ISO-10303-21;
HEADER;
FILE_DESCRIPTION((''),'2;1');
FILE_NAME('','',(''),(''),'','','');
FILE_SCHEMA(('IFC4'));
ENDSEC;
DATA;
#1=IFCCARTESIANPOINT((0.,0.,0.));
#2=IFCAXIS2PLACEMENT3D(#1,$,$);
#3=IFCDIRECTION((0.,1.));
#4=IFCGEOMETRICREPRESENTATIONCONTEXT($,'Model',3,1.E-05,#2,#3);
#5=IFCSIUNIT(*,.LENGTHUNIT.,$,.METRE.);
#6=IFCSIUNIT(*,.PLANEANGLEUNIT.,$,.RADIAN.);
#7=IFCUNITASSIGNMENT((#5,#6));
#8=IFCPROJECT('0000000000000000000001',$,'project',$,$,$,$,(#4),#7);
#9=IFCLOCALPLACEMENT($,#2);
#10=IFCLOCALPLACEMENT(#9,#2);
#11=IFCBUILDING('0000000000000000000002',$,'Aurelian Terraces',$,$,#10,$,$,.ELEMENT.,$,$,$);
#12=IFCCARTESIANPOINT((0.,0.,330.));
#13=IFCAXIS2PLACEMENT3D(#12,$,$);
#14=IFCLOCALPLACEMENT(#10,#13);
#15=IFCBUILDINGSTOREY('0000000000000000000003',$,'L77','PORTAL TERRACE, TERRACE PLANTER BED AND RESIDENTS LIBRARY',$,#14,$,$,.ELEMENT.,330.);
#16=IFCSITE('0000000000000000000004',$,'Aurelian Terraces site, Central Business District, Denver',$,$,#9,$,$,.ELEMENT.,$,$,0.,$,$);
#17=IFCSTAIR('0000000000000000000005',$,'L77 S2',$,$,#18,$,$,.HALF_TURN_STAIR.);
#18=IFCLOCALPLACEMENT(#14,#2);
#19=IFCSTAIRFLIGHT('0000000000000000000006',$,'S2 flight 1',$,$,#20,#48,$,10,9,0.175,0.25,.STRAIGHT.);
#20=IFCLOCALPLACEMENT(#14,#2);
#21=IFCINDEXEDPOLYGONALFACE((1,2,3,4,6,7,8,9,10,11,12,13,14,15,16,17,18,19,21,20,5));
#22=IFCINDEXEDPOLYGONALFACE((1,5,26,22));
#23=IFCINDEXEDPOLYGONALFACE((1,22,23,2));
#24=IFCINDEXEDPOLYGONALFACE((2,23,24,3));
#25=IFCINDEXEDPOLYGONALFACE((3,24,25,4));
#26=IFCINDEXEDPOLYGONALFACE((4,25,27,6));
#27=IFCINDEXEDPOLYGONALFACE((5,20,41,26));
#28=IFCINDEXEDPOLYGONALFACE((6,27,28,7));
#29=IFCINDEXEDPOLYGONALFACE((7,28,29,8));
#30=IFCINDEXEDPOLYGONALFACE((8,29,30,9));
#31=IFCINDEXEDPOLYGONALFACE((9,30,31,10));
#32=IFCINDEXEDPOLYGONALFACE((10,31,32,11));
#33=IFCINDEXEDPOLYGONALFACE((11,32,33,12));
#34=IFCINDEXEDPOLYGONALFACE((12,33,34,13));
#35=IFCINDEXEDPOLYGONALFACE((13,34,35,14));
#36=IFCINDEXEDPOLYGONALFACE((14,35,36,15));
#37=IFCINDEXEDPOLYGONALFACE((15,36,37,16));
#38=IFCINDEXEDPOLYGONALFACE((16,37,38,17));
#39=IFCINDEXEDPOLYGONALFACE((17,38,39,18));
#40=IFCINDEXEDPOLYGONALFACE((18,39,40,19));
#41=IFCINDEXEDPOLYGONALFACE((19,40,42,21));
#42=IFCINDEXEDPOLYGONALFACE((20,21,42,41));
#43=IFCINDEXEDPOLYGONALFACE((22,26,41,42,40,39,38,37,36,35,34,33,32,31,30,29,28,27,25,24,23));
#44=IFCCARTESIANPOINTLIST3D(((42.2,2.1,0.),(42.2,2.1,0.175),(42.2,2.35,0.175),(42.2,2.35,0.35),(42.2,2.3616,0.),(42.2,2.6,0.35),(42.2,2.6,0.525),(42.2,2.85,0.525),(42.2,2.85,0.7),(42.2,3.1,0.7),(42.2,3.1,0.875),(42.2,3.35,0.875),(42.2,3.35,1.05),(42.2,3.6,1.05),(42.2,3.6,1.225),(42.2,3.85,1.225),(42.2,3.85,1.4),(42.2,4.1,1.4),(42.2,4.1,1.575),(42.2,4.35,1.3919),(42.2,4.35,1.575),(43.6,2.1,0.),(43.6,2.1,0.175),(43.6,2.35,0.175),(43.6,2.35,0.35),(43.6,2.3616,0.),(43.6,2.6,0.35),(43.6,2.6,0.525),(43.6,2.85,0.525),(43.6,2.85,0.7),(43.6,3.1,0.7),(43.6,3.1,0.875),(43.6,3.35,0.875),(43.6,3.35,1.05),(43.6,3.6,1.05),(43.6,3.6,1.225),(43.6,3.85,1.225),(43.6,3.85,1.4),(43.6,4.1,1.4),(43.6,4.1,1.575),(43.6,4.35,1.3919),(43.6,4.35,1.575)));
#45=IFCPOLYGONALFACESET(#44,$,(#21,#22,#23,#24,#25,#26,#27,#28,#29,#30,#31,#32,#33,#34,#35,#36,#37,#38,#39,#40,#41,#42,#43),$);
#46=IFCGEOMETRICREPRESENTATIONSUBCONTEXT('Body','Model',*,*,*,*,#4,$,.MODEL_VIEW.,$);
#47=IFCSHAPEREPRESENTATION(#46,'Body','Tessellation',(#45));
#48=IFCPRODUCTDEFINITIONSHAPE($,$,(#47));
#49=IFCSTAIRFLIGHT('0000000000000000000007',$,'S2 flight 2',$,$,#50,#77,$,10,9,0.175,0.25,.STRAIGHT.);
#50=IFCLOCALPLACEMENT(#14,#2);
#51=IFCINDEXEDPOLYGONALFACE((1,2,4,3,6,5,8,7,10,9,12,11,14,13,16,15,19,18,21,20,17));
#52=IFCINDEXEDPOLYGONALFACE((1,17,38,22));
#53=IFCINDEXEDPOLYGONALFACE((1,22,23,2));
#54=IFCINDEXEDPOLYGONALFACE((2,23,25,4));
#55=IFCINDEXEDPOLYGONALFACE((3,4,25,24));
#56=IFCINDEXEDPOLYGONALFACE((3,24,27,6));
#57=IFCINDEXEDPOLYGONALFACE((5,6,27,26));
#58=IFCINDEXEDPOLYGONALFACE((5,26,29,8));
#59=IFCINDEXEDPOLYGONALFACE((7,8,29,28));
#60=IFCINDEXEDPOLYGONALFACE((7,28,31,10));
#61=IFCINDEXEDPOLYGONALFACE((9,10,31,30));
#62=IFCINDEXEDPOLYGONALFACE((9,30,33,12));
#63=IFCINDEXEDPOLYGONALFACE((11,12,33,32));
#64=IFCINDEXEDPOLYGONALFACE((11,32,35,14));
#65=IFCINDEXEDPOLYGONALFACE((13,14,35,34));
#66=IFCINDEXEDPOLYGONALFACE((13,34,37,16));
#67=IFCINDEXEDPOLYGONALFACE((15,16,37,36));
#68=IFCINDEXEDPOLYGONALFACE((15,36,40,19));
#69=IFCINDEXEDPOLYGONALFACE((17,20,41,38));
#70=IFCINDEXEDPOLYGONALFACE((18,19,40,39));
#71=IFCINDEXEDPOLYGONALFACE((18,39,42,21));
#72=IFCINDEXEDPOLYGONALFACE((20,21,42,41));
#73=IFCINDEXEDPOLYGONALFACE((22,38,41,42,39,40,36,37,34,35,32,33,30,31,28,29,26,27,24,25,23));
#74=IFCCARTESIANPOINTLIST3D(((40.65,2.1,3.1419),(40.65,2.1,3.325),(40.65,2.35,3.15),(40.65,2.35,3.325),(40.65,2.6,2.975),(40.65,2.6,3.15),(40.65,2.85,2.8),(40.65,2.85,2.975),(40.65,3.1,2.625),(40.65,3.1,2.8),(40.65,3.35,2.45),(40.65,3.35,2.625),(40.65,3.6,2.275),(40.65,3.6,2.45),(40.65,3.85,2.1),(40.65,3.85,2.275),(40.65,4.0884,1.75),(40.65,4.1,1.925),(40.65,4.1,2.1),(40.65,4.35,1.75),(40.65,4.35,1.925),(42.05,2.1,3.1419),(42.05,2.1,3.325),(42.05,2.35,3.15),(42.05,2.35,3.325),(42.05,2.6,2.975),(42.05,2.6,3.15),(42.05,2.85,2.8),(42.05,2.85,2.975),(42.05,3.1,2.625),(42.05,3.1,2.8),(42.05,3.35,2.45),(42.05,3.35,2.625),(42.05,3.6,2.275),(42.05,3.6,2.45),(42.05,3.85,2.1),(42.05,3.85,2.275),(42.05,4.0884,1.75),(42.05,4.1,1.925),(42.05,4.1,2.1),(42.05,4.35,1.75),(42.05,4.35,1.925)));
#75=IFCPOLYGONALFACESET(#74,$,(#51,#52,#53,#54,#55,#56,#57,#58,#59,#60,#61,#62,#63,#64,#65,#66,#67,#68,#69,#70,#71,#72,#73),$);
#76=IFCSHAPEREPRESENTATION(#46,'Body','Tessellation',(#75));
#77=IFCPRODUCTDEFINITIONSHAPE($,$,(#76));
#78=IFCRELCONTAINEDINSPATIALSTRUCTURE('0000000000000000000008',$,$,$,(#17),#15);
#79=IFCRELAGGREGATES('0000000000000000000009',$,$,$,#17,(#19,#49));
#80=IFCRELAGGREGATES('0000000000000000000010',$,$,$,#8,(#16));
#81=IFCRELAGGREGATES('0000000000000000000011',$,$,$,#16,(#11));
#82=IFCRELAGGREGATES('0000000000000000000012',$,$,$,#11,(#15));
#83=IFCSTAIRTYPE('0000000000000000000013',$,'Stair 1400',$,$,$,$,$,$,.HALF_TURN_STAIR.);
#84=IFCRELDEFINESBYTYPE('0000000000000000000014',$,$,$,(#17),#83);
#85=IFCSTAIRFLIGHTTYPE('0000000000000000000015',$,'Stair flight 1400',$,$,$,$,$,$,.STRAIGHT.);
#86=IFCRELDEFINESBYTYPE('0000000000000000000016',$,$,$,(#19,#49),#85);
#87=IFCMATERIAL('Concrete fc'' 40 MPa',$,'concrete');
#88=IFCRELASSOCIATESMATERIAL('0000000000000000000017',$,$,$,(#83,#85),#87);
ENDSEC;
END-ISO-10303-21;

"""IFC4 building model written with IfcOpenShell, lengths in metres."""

from ifc_helpers import new_model, si_unit, direction, frame, origin, place, context, subcontext, project, spatial, polyline, outline, extrude, source, transform, mapped, material, type_object, element, aggregate, save


model = new_model("IFC4")

# Units and contexts
model_context = context("Model", 3, precision=1e-05, world=origin(), true_north=direction((0.0, 1.0)))
body_context = subcontext(model_context, "Body", "Model", "MODEL_VIEW")
ifc_project = project(units=[si_unit("LENGTHUNIT", "METRE"), si_unit("PLANEANGLEUNIT", "RADIAN")], contexts=[model_context])

# Site, building, storey
site_placement = place(None, origin())
site = spatial("IfcSite", under=ifc_project, at=site_placement, Name="Aurelian Terraces site, Central Business District, Denver", CompositionType="ELEMENT", RefElevation=0.0)
building_placement = place(site_placement, origin())
building = spatial("IfcBuilding", under=site, at=building_placement, Name="Aurelian Terraces", CompositionType="ELEMENT")
storey_placement = place(building_placement, frame((0.0, 0.0, 330.0)))
storey = spatial("IfcBuildingStorey", under=building, at=storey_placement, Name="L77", Description="PORTAL TERRACE, TERRACE PLANTER BED AND RESIDENTS LIBRARY", CompositionType="ELEMENT", Elevation=330.0)

# Shared definitions
ifc_material_1 = material(Name="Concrete fc' 40 MPa", Category="concrete")

# Stair, stair flights
stair_type = type_object("IfcStairType", Name="Stair 1400", PredefinedType="HALF_TURN_STAIR", material=ifc_material_1)
stair_placement = place(storey_placement, origin())
stair = element("IfcStair", 1, at=stair_placement, inside=storey, type_object=stair_type, Name="L77 S2", PredefinedType="HALF_TURN_STAIR")
stair_flight_type = type_object("IfcStairFlightType", Name="Stair flight 1400", PredefinedType="STRAIGHT", material=ifc_material_1)
shared_shape_1 = source(origin(), body_context, "Body", "SweptSolid", [
    extrude(outline(polyline([(0.0, 0.0), (0.0, 0.175), (0.25, 0.175), (0.25, 0.35), (0.5, 0.35), (0.5, 0.525), (0.75, 0.525), (0.75, 0.7), (1.0, 0.7), (1.0, 0.875), (1.25, 0.875), (1.25, 1.05), (1.5, 1.05), (1.5, 1.225), (1.75, 1.225), (1.75, 1.4), (2.0, 1.4), (2.0, 1.575), (2.25, 1.575), (2.25, 1.75), (2.25, 1.3919), (0.2616, 0.0), (0.0, 0.0)])), frame((0.0, 0.7, 0.0), z_axis=(0.0, -1.0, 0.0), x_axis=(1.0, 0.0, 0.0)), (0.0, 0.0, 1.0), 1.4),
])
stair_flight_1_placement = place(storey_placement, frame((42.9, 2.1, 0.0), z_axis=(0.0, 0.0, 1.0), x_axis=(0.0, 1.0, 0.0)))
stair_flight_1 = element("IfcStairFlight", 2, at=stair_flight_1_placement, type_object=stair_flight_type, Name="S2 flight 1", NumberOfRisers=10, NumberOfTreads=9, PredefinedType="STRAIGHT", RiserHeight=0.175, TreadLength=0.25, context=body_context, shape_type="MappedRepresentation", body=[
    mapped(shared_shape_1, transform((0.0, 0.0, 0.0), scale=1.0)),
])
stair_flight_2_placement = place(storey_placement, frame((41.35, 4.35, 1.75), z_axis=(0.0, 0.0, 1.0), x_axis=(0.0, -1.0, 0.0)))
stair_flight_2 = element("IfcStairFlight", 3, at=stair_flight_2_placement, type_object=stair_flight_type, Name="S2 flight 2", NumberOfRisers=10, NumberOfTreads=9, PredefinedType="STRAIGHT", RiserHeight=0.175, TreadLength=0.25, context=body_context, shape_type="MappedRepresentation", body=[
    mapped(shared_shape_1, transform((0.0, 0.0, 0.0), scale=1.0)),
])
aggregate(stair, [stair_flight_1, stair_flight_2])

save(model, "model.ifc")
